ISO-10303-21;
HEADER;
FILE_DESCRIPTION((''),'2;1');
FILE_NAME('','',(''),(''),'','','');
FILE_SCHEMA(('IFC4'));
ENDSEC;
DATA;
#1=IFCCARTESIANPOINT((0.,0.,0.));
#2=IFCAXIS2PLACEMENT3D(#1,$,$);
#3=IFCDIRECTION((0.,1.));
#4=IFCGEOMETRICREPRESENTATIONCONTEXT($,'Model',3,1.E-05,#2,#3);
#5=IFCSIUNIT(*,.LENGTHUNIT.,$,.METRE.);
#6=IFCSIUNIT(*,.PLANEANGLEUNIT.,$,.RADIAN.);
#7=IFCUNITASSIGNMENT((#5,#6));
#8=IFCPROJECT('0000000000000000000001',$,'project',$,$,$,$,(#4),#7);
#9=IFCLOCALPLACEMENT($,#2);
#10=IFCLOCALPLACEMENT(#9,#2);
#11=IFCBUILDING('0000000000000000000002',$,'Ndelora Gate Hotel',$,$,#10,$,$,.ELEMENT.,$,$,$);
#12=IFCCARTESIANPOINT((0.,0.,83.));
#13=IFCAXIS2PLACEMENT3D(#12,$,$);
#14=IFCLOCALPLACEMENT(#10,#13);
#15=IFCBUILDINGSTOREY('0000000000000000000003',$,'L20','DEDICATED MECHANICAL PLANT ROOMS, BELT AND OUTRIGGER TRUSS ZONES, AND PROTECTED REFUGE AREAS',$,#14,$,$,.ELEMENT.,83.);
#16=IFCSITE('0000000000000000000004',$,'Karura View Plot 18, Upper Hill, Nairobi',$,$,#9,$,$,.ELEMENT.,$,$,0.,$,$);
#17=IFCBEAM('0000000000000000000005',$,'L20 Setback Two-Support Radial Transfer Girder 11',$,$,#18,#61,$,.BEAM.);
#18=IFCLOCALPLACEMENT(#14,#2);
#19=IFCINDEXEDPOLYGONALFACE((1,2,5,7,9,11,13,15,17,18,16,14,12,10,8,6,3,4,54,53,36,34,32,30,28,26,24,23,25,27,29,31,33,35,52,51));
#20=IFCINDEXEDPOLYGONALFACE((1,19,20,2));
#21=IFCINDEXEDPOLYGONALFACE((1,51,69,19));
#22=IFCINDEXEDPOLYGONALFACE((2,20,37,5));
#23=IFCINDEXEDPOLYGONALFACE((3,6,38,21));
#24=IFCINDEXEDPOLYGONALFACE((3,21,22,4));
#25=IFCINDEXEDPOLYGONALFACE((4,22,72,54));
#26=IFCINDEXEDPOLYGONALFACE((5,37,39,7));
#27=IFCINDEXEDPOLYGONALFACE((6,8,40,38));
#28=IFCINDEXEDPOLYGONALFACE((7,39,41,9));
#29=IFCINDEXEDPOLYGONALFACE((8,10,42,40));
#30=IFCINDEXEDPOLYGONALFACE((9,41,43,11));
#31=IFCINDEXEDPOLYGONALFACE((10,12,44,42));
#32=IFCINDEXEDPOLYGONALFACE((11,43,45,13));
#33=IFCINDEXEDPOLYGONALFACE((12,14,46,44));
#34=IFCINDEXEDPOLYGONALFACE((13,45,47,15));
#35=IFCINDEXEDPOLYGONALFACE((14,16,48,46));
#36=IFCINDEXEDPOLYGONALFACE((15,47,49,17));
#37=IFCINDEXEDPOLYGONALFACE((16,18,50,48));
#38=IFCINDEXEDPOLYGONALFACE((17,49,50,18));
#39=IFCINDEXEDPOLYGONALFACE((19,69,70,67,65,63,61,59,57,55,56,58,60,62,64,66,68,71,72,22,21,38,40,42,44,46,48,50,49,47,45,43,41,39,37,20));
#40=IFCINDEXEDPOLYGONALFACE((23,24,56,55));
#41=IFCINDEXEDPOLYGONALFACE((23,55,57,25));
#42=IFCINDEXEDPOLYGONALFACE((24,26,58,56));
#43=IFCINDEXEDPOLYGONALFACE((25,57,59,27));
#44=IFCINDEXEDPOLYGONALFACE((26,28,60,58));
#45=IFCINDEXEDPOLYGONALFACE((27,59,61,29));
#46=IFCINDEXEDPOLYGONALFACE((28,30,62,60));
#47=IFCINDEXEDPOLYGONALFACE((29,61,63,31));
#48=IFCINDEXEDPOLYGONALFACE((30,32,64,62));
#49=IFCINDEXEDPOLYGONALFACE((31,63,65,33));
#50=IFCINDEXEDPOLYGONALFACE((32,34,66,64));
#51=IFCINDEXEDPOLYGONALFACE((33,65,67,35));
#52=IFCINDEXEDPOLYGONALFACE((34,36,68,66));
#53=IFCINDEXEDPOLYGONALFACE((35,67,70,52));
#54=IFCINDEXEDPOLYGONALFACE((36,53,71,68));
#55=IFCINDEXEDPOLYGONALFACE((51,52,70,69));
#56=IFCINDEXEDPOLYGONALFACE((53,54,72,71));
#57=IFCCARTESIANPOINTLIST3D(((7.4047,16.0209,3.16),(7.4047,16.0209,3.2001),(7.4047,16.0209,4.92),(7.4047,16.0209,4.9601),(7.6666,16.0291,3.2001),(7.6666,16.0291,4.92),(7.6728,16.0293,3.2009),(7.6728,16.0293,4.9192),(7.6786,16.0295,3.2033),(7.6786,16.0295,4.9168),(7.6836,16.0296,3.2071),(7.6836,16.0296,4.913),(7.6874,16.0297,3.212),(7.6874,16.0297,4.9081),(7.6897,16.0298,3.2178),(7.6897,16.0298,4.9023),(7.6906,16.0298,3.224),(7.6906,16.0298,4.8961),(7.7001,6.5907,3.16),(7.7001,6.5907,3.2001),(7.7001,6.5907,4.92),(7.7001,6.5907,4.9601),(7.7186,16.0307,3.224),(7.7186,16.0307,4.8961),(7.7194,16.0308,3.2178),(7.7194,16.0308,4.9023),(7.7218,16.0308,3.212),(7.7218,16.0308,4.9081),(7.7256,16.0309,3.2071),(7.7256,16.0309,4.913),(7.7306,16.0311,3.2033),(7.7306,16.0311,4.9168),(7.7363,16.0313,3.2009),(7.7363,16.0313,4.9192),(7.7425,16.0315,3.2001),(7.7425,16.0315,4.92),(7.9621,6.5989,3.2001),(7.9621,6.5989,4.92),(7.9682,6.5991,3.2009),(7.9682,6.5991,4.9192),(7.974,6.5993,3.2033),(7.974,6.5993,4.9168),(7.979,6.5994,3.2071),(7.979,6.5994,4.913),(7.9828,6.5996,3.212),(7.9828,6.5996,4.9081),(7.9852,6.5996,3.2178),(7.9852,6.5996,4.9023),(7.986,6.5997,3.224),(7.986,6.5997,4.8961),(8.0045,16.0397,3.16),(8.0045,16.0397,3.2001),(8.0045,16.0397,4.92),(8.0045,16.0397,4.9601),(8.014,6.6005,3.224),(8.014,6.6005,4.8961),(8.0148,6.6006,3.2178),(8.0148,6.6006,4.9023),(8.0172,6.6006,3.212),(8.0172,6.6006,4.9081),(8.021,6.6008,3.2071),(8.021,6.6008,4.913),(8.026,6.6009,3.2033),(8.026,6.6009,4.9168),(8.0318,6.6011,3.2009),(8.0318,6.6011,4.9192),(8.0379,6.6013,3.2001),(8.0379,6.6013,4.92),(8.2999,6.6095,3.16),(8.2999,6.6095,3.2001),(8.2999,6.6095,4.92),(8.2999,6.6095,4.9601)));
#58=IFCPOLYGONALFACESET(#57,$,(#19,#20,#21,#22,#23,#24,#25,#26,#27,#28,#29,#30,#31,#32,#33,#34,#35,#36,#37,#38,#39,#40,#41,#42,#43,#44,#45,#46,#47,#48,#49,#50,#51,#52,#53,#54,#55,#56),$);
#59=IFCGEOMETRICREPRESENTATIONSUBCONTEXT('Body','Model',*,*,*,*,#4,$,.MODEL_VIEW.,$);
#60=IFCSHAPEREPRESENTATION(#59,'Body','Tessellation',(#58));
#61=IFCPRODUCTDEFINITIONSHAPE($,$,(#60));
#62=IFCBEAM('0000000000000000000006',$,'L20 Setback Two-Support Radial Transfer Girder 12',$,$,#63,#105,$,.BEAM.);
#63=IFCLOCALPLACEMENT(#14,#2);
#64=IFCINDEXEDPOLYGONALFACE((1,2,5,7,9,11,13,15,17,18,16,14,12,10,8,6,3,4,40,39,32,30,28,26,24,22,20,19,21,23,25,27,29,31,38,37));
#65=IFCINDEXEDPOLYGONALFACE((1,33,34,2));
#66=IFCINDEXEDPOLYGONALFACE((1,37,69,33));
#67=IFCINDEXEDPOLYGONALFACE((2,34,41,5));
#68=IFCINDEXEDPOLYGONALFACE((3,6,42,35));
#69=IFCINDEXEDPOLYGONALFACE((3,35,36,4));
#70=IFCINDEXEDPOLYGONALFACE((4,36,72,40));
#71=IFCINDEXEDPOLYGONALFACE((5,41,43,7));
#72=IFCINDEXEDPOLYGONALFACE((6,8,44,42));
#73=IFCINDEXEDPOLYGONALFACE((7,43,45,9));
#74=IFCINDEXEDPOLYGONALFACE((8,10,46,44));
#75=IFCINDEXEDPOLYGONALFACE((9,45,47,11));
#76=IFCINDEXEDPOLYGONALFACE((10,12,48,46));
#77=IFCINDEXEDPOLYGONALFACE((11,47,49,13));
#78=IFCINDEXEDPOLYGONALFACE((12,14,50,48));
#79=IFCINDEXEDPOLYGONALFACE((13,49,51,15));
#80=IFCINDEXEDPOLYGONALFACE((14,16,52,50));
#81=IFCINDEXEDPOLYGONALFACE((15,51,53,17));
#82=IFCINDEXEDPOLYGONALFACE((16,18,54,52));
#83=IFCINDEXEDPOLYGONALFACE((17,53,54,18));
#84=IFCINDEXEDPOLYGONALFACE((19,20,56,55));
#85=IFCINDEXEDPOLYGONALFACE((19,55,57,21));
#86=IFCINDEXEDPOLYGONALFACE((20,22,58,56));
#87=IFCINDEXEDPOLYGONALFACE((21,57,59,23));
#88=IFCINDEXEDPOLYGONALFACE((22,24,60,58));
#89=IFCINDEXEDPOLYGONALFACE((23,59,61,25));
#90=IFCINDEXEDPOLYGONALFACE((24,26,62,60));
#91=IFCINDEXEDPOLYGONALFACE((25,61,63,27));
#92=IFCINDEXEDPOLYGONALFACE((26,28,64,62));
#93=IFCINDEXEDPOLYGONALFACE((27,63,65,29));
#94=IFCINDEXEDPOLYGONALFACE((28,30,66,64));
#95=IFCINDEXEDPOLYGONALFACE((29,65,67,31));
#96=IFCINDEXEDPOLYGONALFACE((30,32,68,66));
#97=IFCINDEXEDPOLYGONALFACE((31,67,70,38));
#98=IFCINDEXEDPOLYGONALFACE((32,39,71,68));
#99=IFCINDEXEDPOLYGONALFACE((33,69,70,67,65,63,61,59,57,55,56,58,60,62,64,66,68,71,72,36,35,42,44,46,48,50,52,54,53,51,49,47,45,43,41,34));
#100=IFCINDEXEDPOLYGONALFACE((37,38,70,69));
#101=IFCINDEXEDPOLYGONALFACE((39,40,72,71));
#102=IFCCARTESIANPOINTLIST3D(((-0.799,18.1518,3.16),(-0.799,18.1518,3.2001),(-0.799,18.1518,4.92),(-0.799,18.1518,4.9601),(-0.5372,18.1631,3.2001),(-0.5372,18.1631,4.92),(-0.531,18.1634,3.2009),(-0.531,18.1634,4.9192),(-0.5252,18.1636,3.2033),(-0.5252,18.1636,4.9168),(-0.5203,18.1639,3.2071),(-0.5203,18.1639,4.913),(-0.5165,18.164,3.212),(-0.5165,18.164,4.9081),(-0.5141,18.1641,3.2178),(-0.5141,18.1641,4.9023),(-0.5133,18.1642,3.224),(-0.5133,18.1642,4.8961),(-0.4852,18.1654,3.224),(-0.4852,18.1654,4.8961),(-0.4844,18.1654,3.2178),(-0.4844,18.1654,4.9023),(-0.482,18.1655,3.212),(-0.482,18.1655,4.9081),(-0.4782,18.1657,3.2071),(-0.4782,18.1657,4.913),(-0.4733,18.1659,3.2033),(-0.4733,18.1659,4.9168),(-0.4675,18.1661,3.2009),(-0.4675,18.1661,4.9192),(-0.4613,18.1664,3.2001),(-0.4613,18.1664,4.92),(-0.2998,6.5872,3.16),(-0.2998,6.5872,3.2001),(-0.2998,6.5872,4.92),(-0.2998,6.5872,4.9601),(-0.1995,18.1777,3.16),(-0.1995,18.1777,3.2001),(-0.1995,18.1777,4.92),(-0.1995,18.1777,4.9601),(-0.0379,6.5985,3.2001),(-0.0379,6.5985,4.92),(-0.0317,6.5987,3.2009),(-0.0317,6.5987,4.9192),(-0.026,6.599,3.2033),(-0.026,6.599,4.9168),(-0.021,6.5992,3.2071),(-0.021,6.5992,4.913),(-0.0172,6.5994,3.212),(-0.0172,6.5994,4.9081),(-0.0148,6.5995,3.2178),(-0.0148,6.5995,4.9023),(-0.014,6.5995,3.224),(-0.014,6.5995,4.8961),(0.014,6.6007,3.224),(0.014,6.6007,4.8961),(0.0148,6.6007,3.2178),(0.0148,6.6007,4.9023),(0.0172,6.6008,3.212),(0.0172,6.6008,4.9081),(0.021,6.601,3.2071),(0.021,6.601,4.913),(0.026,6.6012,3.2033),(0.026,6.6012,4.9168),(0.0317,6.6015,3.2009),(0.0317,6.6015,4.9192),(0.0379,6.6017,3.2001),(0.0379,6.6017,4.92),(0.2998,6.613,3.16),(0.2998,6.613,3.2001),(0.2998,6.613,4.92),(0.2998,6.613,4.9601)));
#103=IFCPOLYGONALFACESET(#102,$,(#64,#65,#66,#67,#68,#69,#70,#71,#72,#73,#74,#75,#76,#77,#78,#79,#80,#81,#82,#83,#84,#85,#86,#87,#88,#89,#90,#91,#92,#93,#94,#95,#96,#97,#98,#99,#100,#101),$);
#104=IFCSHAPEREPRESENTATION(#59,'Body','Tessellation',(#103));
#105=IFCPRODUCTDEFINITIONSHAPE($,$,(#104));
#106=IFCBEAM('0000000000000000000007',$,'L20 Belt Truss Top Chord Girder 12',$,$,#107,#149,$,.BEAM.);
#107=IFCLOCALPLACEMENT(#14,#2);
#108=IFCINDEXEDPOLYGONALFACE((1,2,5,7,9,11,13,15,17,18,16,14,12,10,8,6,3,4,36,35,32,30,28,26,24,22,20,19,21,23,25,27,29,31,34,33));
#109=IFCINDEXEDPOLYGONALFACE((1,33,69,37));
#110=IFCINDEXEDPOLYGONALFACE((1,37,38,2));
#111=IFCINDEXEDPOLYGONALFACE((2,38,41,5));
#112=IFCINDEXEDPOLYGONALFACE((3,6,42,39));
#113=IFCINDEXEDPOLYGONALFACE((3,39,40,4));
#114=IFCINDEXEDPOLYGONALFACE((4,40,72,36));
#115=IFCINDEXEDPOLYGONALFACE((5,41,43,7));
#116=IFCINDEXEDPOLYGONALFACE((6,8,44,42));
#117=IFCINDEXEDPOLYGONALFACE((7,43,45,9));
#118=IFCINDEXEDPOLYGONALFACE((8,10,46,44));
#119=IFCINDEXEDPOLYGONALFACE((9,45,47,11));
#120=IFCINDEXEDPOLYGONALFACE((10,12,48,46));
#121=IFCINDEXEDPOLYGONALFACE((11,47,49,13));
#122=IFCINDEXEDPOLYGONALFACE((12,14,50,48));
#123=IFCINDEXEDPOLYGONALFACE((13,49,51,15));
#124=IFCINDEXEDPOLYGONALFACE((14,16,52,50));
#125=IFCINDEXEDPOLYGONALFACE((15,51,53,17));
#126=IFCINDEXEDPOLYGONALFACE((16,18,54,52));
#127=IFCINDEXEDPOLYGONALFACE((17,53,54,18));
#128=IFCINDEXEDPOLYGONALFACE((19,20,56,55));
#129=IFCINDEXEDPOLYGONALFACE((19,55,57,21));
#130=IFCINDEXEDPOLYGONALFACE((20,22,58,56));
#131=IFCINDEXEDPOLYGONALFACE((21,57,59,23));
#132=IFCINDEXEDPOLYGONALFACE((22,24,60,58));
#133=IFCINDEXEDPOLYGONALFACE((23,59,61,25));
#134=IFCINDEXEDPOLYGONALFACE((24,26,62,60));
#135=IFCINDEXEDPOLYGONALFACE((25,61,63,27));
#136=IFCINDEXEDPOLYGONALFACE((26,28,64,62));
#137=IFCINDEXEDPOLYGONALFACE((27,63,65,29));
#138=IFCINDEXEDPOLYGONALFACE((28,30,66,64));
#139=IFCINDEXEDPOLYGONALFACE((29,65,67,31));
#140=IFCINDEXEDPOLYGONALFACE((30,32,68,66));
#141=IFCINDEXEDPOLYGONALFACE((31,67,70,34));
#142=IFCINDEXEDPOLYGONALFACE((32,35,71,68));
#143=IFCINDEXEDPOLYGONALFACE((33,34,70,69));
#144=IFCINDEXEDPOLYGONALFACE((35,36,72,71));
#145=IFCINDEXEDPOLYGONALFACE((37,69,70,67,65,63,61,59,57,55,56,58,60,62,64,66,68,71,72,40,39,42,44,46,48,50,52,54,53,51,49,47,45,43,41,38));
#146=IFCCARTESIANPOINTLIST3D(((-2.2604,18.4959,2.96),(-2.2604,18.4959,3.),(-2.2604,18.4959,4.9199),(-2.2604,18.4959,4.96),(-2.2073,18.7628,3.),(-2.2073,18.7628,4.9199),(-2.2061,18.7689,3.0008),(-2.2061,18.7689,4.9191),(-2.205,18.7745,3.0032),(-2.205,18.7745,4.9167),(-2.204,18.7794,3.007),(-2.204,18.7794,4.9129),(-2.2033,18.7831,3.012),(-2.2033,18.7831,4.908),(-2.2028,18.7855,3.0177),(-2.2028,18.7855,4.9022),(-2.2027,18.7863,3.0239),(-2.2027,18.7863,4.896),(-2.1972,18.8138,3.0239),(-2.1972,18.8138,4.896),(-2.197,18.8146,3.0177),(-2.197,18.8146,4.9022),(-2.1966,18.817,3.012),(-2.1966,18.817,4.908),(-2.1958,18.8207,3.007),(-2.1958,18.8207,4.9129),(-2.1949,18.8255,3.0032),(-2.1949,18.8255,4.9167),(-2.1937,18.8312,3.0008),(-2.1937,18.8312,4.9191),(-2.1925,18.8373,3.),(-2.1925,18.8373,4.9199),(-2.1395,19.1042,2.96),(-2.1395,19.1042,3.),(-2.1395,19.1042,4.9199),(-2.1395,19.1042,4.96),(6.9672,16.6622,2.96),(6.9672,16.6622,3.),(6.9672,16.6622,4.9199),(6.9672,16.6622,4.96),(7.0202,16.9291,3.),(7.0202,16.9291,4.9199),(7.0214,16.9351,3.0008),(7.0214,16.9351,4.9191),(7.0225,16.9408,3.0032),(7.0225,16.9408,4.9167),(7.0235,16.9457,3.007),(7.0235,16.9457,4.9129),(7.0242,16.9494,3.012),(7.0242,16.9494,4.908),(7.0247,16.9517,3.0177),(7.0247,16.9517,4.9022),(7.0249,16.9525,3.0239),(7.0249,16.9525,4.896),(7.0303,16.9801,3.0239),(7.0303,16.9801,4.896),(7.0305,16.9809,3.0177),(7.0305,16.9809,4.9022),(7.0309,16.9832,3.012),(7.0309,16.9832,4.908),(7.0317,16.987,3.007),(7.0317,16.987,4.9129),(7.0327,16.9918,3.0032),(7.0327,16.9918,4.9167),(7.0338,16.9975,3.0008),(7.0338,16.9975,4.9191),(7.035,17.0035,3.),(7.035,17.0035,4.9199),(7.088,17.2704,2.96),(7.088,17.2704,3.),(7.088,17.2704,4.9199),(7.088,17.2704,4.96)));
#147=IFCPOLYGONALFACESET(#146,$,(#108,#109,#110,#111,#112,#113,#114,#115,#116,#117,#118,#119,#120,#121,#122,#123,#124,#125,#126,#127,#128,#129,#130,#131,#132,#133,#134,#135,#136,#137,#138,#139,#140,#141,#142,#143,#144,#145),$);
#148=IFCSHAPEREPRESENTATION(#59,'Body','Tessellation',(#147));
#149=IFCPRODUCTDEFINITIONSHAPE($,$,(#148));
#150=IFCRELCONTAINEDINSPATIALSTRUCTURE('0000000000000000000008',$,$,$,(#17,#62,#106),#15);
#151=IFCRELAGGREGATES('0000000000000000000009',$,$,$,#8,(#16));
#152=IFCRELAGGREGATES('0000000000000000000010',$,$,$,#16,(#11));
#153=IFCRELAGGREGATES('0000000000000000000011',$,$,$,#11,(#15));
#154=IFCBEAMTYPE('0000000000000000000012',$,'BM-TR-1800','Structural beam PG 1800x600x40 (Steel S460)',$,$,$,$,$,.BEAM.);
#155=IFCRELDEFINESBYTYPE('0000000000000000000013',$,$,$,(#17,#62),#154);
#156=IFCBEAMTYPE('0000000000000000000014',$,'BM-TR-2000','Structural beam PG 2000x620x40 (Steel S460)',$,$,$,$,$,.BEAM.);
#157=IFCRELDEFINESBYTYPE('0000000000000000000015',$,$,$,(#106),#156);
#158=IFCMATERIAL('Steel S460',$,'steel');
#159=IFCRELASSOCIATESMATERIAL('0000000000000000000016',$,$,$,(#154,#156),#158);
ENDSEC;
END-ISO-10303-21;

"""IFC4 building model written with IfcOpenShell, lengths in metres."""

from ifc_helpers import new_model, si_unit, direction, frame, origin, origin_2d, place, context, subcontext, project, spatial, i_section, extrude, material, material_profile, profile_set, type_object, element, save


model = new_model("IFC4")

# Units and contexts
model_context = context("Model", 3, precision=1e-05, world=origin(), true_north=direction((0.0, 1.0)))
body_context = subcontext(model_context, "Body", "Model", "MODEL_VIEW")
ifc_project = project(units=[si_unit("LENGTHUNIT", "METRE"), si_unit("PLANEANGLEUNIT", "RADIAN")], contexts=[model_context])

# Site, building, storey
site_placement = place(None, origin())
site = spatial("IfcSite", under=ifc_project, at=site_placement, Name="Karura View Plot 18, Upper Hill, Nairobi", CompositionType="ELEMENT", RefElevation=0.0)
building_placement = place(site_placement, origin())
building = spatial("IfcBuilding", under=site, at=building_placement, Name="Ndelora Gate Hotel", CompositionType="ELEMENT")
storey_placement = place(building_placement, frame((0.0, 0.0, 83.0)))
storey = spatial("IfcBuildingStorey", under=building, at=storey_placement, Name="L20", Description="DEDICATED MECHANICAL PLANT ROOMS, BELT AND OUTRIGGER TRUSS ZONES, AND PROTECTED REFUGE AREAS", CompositionType="ELEMENT", Elevation=83.0)

# Beams
ifc_material_1 = material(Name="Steel S460", Category="steel")
ifc_material_profile_1 = material_profile(ifc_material_1, i_section(OverallWidth=0.6001, OverallDepth=1.8, WebThickness=0.0281, FlangeThickness=0.04, FilletRadius=0.0239, at=origin_2d()), Name="PG 1800x600x40")
ifc_profile_set_1 = profile_set([ifc_material_profile_1], Name="Steel S460")
beam_type_1 = type_object("IfcBeamType", Name="BM-TR-1800", Description="Structural beam PG 1800x600x40 (Steel S460)", PredefinedType="BEAM", material=ifc_profile_set_1)
beam_1_placement = place(storey_placement, frame((8.0, 6.6001, 4.0601), z_axis=(-0.031311, 0.99951, 0.0), x_axis=(-0.99951, -0.031311, 0.0)))
element("IfcBeam", 1, at=beam_1_placement, inside=storey, type_object=beam_type_1, Name="L20 Setback Two-Support Radial Transfer Girder 11", PredefinedType="BEAM", context=body_context, shape_type="SweptSolid", body=[
    extrude(i_section(OverallWidth=0.6001, OverallDepth=1.8, WebThickness=0.0281, FlangeThickness=0.04, FilletRadius=0.0239, at=origin_2d()), origin(), (0.0, 0.0, 1.0), 9.4348),
])
beam_2_placement = place(storey_placement, frame((0.0, 6.6001, 4.0601), z_axis=(-0.043132, 0.999069, 0.0), x_axis=(-0.999069, -0.043132, 0.0)))
element("IfcBeam", 2, at=beam_2_placement, inside=storey, type_object=beam_type_1, Name="L20 Setback Two-Support Radial Transfer Girder 12", PredefinedType="BEAM", context=body_context, shape_type="SweptSolid", body=[
    extrude(i_section(OverallWidth=0.6001, OverallDepth=1.8, WebThickness=0.0281, FlangeThickness=0.04, FilletRadius=0.0239, at=origin_2d()), origin(), (0.0, 0.0, 1.0), 11.5754),
])
ifc_material_profile_2 = material_profile(ifc_material_1, i_section(OverallWidth=0.6201, OverallDepth=2.0, WebThickness=0.0281, FlangeThickness=0.04, FilletRadius=0.0239, at=origin_2d()), Name="PG 2000x620x40")
ifc_profile_set_2 = profile_set([ifc_material_profile_2], Name="Steel S460")
beam_type_2 = type_object("IfcBeamType", Name="BM-TR-2000", Description="Structural beam PG 2000x620x40 (Steel S460)", PredefinedType="BEAM", material=ifc_profile_set_2)
beam_3_placement = place(storey_placement, frame((7.0276, 16.9663, 3.96), z_axis=(-0.98082, 0.194913, 0.0), x_axis=(-0.194913, -0.98082, 0.0)))
element("IfcBeam", 3, at=beam_3_placement, inside=storey, type_object=beam_type_2, Name="L20 Belt Truss Top Chord Girder 12", PredefinedType="BEAM", context=body_context, shape_type="SweptSolid", body=[
    extrude(i_section(OverallWidth=0.6201, OverallDepth=2.0, WebThickness=0.0281, FlangeThickness=0.04, FilletRadius=0.0239, at=origin_2d()), origin(), (0.0, 0.0, 1.0), 9.408),
])

save(model, "model.ifc")
